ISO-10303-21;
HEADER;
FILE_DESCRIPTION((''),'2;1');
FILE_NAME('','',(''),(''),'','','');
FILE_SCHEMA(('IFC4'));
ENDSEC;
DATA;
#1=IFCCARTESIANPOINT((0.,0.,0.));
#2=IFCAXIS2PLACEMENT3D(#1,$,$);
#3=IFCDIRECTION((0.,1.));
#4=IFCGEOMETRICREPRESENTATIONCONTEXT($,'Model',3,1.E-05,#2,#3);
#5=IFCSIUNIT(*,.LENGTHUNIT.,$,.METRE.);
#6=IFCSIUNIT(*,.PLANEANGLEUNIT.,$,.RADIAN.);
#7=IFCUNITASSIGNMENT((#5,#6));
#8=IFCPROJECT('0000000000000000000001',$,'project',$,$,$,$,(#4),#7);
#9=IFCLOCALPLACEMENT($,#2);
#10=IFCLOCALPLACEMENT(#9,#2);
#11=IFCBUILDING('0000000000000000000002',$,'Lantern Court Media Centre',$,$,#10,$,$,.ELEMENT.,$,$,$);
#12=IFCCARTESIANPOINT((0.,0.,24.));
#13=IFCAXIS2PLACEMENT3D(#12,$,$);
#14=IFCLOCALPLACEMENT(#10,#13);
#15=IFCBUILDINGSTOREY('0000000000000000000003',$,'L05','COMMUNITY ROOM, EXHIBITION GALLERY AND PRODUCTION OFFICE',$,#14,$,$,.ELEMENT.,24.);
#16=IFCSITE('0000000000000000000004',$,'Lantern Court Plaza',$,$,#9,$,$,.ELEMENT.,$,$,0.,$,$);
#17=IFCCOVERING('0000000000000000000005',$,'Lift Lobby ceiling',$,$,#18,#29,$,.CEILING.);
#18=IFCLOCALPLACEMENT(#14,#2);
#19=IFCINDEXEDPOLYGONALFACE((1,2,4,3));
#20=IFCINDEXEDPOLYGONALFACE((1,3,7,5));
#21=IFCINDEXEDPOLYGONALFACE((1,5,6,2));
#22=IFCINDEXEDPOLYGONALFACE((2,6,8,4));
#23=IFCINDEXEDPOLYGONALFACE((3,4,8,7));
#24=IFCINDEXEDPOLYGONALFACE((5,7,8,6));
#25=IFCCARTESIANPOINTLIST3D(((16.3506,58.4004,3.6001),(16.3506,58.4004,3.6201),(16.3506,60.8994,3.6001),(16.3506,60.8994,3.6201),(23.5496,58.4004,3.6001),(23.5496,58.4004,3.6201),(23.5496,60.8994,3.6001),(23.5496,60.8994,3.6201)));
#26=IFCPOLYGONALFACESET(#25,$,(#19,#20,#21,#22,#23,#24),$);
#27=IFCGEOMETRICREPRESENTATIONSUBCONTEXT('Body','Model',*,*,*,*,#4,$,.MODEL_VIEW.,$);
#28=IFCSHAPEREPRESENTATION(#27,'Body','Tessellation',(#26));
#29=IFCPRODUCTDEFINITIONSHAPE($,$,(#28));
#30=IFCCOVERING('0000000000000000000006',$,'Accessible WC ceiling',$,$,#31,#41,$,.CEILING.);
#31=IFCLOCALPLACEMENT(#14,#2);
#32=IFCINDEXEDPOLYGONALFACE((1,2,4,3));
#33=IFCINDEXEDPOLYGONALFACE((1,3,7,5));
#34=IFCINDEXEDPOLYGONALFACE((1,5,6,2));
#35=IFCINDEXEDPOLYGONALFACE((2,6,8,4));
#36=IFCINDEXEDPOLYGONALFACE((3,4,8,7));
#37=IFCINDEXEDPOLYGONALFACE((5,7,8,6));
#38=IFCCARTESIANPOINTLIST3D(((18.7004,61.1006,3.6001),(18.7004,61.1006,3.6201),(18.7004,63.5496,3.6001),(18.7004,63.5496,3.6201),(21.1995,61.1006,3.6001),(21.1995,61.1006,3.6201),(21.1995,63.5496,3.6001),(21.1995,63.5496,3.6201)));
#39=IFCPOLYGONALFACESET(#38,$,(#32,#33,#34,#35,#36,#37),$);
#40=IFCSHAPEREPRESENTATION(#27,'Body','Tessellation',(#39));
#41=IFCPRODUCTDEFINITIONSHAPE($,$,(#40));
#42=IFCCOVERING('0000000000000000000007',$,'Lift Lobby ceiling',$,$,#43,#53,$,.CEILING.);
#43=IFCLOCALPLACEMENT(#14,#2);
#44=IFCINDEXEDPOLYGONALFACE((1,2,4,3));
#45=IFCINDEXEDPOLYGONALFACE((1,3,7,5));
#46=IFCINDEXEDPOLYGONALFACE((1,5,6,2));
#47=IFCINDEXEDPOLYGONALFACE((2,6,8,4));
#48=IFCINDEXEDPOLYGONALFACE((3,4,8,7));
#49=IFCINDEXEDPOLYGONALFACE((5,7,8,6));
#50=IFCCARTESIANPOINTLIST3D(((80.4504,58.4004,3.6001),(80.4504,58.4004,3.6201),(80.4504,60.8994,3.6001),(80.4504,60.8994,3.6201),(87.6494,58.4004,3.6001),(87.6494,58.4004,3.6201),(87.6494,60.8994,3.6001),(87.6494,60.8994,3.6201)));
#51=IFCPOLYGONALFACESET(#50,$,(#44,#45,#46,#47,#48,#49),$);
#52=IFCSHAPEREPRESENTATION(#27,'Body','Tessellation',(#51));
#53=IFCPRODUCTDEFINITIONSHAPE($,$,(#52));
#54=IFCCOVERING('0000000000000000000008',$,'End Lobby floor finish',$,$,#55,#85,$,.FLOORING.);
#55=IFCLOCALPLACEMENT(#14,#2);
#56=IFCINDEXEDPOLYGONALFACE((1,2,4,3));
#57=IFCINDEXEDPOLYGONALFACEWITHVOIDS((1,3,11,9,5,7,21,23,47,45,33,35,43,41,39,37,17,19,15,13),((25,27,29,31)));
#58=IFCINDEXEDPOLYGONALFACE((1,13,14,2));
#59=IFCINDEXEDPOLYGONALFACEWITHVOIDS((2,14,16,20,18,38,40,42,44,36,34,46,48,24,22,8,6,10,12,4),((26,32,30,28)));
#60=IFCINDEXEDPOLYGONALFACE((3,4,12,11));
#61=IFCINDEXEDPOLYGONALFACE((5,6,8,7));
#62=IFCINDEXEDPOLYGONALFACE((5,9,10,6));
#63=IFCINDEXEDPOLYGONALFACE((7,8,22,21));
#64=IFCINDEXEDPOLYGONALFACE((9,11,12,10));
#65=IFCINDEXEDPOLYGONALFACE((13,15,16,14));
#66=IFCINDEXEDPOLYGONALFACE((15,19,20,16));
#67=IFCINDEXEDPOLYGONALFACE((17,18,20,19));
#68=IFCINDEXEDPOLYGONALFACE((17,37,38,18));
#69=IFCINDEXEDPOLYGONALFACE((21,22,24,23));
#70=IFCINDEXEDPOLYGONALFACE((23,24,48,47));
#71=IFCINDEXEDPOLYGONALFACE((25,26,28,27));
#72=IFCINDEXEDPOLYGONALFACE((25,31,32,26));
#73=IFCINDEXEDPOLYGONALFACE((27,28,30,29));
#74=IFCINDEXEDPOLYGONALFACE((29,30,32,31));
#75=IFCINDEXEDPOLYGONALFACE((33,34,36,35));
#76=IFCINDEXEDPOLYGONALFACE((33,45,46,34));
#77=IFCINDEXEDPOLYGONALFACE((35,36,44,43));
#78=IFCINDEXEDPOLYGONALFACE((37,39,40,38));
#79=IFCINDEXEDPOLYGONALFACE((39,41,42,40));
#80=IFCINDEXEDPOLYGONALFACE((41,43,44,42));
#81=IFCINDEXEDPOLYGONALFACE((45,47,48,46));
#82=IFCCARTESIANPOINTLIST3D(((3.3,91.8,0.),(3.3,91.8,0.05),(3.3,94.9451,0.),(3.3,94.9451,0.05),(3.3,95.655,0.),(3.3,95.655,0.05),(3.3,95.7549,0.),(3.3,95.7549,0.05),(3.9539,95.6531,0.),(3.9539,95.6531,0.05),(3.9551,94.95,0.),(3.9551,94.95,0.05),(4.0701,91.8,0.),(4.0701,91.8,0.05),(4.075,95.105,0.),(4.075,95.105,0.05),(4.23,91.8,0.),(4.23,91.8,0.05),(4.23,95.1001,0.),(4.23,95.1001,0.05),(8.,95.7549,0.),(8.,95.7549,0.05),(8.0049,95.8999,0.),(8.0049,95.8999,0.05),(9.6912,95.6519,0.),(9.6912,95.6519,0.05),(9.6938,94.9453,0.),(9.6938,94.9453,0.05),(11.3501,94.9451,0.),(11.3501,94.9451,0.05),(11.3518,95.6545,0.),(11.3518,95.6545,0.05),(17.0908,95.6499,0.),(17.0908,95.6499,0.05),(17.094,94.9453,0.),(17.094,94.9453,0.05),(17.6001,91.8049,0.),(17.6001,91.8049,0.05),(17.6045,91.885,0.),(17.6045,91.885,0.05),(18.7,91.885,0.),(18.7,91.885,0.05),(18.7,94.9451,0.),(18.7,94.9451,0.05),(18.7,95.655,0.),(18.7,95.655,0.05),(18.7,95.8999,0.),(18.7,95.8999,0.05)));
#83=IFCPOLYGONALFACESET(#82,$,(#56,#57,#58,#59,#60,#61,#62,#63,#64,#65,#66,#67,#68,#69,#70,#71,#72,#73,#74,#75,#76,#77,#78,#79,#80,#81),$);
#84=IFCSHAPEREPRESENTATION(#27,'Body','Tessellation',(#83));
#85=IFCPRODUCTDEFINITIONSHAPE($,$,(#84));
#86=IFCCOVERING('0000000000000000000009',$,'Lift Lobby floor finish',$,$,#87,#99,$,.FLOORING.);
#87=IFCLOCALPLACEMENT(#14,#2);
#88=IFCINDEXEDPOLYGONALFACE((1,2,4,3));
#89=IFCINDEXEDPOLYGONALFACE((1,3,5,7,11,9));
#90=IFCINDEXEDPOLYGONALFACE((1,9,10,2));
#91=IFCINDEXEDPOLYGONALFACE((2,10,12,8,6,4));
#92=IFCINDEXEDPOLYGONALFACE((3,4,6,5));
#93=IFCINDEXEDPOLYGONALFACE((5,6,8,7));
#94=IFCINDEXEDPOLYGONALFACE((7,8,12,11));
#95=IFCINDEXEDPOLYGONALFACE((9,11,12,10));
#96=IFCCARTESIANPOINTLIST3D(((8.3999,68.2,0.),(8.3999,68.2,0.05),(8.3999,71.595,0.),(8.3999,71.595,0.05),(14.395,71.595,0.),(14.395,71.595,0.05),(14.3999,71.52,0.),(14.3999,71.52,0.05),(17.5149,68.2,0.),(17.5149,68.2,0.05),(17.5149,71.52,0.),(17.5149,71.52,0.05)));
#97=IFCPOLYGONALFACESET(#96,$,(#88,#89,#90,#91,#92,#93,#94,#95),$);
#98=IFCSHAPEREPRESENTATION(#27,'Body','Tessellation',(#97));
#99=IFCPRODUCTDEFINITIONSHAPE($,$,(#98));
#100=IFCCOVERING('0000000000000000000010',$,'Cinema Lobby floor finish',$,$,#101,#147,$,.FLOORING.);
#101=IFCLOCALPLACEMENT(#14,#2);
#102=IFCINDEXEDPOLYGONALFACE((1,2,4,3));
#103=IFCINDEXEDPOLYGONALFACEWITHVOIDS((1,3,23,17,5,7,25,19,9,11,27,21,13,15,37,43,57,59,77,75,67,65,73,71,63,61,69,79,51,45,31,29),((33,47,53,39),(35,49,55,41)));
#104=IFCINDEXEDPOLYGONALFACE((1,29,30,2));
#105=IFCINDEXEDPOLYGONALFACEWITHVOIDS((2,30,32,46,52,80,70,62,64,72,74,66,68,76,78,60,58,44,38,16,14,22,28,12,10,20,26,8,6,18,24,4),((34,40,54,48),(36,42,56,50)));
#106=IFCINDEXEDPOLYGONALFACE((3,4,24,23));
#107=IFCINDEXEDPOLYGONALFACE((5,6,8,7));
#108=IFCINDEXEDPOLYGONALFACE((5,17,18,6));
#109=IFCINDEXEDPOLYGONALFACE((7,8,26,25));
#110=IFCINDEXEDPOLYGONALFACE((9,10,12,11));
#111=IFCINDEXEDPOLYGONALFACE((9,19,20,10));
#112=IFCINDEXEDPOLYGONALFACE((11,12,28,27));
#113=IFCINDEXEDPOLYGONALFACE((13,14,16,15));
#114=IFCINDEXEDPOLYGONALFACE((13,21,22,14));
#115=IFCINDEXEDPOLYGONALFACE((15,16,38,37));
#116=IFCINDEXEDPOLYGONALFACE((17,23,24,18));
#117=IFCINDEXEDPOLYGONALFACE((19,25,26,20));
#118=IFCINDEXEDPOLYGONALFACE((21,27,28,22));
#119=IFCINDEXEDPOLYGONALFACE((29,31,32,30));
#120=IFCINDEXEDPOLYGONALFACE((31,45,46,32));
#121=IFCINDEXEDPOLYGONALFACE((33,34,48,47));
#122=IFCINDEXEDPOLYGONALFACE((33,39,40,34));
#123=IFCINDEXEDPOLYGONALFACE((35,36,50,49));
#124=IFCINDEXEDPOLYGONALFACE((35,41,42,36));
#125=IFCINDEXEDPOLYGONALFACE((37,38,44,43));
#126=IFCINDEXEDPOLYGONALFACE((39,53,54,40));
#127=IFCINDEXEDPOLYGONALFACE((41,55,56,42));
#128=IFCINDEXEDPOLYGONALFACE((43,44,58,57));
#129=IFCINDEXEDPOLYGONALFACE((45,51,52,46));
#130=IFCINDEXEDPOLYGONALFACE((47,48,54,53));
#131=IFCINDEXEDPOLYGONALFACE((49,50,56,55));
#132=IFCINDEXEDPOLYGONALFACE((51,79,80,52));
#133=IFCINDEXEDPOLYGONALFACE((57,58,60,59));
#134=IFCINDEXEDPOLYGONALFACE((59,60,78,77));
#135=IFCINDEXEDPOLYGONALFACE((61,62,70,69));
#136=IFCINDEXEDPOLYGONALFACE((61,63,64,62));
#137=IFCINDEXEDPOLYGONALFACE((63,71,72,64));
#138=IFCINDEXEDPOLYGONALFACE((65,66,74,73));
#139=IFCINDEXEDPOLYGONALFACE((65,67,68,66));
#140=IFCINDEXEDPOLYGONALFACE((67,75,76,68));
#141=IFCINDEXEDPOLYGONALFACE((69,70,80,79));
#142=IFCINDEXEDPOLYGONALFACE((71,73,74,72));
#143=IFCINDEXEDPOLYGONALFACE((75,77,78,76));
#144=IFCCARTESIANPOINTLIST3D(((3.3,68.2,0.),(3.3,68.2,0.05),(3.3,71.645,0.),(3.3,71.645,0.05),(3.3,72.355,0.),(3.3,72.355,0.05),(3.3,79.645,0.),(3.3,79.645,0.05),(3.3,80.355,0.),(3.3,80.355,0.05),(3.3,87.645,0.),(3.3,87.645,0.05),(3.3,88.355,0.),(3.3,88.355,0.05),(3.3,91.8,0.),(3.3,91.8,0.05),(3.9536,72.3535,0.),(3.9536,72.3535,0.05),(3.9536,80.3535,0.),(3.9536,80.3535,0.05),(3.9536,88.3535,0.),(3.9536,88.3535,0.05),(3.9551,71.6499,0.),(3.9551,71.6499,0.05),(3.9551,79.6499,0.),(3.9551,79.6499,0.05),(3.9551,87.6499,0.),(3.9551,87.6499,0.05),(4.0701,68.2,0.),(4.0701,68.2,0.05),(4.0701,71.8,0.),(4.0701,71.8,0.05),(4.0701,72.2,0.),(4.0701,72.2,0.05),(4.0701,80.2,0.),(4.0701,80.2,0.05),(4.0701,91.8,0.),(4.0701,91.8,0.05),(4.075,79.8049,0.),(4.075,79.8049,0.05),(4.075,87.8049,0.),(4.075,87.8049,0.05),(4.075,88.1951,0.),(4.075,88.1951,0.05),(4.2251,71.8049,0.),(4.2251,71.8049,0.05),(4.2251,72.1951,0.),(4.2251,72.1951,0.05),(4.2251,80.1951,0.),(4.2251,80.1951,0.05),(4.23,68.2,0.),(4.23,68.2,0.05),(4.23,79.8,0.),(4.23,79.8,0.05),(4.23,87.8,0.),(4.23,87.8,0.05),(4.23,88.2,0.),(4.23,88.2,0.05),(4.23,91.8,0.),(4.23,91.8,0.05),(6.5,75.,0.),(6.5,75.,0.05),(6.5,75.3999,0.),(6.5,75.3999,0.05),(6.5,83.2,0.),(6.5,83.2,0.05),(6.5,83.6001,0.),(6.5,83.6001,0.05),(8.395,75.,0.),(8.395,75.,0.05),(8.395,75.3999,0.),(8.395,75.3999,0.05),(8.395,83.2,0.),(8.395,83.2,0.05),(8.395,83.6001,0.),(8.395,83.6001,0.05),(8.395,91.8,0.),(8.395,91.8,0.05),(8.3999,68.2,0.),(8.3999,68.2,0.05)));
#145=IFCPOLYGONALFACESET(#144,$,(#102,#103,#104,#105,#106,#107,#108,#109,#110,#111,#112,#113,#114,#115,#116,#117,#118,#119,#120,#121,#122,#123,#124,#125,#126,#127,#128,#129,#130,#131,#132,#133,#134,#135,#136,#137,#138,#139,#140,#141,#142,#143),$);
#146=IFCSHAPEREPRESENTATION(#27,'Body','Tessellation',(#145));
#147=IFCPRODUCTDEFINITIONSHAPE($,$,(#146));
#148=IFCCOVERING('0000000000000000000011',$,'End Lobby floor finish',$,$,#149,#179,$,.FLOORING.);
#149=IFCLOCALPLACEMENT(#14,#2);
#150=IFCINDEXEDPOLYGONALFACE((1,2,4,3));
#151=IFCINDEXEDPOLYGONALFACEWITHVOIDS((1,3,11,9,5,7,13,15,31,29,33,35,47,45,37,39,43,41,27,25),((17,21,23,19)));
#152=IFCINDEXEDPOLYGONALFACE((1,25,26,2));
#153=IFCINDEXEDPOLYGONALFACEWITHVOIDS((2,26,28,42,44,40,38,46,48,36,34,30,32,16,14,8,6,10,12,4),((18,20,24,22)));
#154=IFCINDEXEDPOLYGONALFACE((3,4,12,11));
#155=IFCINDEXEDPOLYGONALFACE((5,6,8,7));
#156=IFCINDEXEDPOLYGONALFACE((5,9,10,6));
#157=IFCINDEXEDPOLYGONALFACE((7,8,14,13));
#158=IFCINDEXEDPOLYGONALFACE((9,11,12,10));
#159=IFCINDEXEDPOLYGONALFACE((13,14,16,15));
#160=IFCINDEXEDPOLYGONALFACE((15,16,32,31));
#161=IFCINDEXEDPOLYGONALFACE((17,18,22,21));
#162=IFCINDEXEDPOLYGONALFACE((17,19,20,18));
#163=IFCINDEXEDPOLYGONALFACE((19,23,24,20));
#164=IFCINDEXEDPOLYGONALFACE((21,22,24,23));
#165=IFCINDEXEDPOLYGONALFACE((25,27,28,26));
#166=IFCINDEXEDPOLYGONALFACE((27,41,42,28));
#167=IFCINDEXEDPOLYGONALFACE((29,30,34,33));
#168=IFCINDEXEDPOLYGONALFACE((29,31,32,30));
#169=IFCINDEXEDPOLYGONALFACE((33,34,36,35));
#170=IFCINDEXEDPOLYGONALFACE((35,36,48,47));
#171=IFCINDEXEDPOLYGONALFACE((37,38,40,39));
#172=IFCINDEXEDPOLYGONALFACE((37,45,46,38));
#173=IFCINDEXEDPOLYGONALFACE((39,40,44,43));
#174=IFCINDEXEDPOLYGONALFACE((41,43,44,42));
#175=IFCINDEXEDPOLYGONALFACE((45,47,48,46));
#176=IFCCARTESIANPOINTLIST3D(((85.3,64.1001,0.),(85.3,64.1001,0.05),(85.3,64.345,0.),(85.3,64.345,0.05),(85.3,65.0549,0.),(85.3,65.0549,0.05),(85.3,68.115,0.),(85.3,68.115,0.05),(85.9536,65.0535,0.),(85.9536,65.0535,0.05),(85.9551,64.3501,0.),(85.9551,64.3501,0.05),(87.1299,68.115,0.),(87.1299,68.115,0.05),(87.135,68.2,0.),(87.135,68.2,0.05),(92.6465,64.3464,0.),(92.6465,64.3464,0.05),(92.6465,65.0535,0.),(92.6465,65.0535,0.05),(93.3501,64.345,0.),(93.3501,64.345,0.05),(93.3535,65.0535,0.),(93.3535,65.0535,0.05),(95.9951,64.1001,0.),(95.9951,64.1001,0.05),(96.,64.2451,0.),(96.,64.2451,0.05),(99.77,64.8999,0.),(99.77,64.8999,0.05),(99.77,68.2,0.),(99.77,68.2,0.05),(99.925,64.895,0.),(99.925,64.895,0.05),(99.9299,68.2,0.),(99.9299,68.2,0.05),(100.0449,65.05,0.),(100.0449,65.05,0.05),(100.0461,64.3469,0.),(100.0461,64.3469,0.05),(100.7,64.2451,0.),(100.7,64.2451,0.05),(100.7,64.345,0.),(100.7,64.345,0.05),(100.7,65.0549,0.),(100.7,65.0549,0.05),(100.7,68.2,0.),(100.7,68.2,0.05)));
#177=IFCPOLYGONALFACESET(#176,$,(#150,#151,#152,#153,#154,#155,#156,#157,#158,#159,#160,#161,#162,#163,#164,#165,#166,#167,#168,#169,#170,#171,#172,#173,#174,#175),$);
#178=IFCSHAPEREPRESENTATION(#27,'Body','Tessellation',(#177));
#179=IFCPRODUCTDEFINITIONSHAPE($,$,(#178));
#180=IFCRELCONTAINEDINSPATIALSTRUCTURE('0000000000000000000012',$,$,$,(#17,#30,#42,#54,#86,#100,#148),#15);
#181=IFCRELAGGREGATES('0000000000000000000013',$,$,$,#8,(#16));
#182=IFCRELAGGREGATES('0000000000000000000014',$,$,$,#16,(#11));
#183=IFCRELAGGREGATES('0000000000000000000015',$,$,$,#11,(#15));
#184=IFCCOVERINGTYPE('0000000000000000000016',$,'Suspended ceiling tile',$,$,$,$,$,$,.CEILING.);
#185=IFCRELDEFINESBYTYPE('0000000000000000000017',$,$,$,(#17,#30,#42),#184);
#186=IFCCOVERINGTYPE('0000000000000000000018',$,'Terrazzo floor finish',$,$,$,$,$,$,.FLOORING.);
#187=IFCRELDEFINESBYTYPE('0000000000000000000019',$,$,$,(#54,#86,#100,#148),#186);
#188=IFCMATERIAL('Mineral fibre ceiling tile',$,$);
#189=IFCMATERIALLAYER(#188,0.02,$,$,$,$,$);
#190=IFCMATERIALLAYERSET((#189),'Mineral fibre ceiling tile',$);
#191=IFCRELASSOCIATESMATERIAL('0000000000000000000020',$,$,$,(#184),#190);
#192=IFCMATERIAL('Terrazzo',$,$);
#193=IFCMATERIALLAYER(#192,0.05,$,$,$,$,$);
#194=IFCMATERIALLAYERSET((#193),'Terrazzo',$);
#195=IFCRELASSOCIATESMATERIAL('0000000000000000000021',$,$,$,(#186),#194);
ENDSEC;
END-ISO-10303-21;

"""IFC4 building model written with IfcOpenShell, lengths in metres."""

from ifc_helpers import new_model, si_unit, direction, frame, origin, place, context, subcontext, project, spatial, polyline, outline, extrude, material, layer, layer_set, type_object, element, save


model = new_model("IFC4")

# Units and contexts
model_context = context("Model", 3, precision=1e-05, world=origin(), true_north=direction((0.0, 1.0)))
body_context = subcontext(model_context, "Body", "Model", "MODEL_VIEW")
ifc_project = project(units=[si_unit("LENGTHUNIT", "METRE"), si_unit("PLANEANGLEUNIT", "RADIAN")], contexts=[model_context])

# Site, building, storey
site_placement = place(None, origin())
site = spatial("IfcSite", under=ifc_project, at=site_placement, Name="Lantern Court Plaza", CompositionType="ELEMENT", RefElevation=0.0)
building_placement = place(site_placement, origin())
building = spatial("IfcBuilding", under=site, at=building_placement, Name="Lantern Court Media Centre", CompositionType="ELEMENT")
storey_placement = place(building_placement, frame((0.0, 0.0, 24.0)))
storey = spatial("IfcBuildingStorey", under=building, at=storey_placement, Name="L05", Description="COMMUNITY ROOM, EXHIBITION GALLERY AND PRODUCTION OFFICE", CompositionType="ELEMENT", Elevation=24.0)

# Coverings
ifc_material_1 = material(Name="Mineral fibre ceiling tile")
ifc_layer_1 = layer(ifc_material_1, 0.02)
ifc_layer_set_1 = layer_set([ifc_layer_1], Name="Mineral fibre ceiling tile")
covering_type_1 = type_object("IfcCoveringType", Name="Suspended ceiling tile", PredefinedType="CEILING", material=ifc_layer_set_1)
covering_1_placement = place(storey_placement, frame((0.0, 0.0, 3.6001)))
element("IfcCovering", 1, at=covering_1_placement, inside=storey, type_object=covering_type_1, Name="Lift Lobby ceiling", PredefinedType="CEILING", context=body_context, shape_type="SweptSolid", body=[
    extrude(outline(polyline([(16.3506, 60.8994), (23.5496, 60.8994), (23.5496, 58.4004), (16.3506, 58.4004), (16.3506, 60.8994)])), origin(), (0.0, 0.0, 1.0), 0.02),
])
covering_2_placement = place(storey_placement, frame((0.0, 0.0, 3.6001)))
element("IfcCovering", 2, at=covering_2_placement, inside=storey, type_object=covering_type_1, Name="Accessible WC ceiling", PredefinedType="CEILING", context=body_context, shape_type="SweptSolid", body=[
    extrude(outline(polyline([(21.1995, 63.5496), (21.1995, 61.1006), (18.7004, 61.1006), (18.7004, 63.5496), (21.1995, 63.5496)])), origin(), (0.0, 0.0, 1.0), 0.02),
])
covering_3_placement = place(storey_placement, frame((0.0, 0.0, 3.6001)))
element("IfcCovering", 3, at=covering_3_placement, inside=storey, type_object=covering_type_1, Name="Lift Lobby ceiling", PredefinedType="CEILING", context=body_context, shape_type="SweptSolid", body=[
    extrude(outline(polyline([(87.6494, 58.4004), (80.4504, 58.4004), (80.4504, 60.8994), (87.6494, 60.8994), (87.6494, 58.4004)])), origin(), (0.0, 0.0, 1.0), 0.02),
])
ifc_material_2 = material(Name="Terrazzo")
ifc_layer_2 = layer(ifc_material_2, 0.05)
ifc_layer_set_2 = layer_set([ifc_layer_2], Name="Terrazzo")
covering_type_2 = type_object("IfcCoveringType", Name="Terrazzo floor finish", PredefinedType="FLOORING", material=ifc_layer_set_2)
covering_4_placement = place(storey_placement, origin())
element("IfcCovering", 4, at=covering_4_placement, inside=storey, type_object=covering_type_2, Name="End Lobby floor finish", PredefinedType="FLOORING", context=body_context, shape_type="SweptSolid", body=[
    extrude(outline(polyline([(18.7, 91.885), (17.6045, 91.885), (17.6001, 91.8049), (4.23, 91.8), (4.23, 95.1001), (4.075, 95.105), (4.0701, 91.8), (3.3, 91.8), (3.3, 94.9451), (3.9551, 94.95), (3.9539, 95.6531), (3.3, 95.655), (3.3, 95.7549), (8.0, 95.7549), (8.0049, 95.8999), (18.7, 95.8999), (18.7, 95.655), (17.0908, 95.6499), (17.094, 94.9453), (18.7, 94.9451), (18.7, 91.885)]), holes=[polyline([(11.3501, 94.9451), (11.3518, 95.6545), (9.6912, 95.6519), (9.6938, 94.9453), (11.3501, 94.9451)])]), origin(), (0.0, 0.0, 1.0), 0.05),
])
covering_5_placement = place(storey_placement, origin())
element("IfcCovering", 5, at=covering_5_placement, inside=storey, type_object=covering_type_2, Name="Lift Lobby floor finish", PredefinedType="FLOORING", context=body_context, shape_type="SweptSolid", body=[
    extrude(outline(polyline([(8.3999, 68.2), (8.3999, 71.595), (14.395, 71.595), (14.3999, 71.52), (17.5149, 71.52), (17.5149, 68.2), (8.3999, 68.2)])), origin(), (0.0, 0.0, 1.0), 0.05),
])
covering_6_placement = place(storey_placement, origin())
element("IfcCovering", 6, at=covering_6_placement, inside=storey, type_object=covering_type_2, Name="Cinema Lobby floor finish", PredefinedType="FLOORING", context=body_context, shape_type="SweptSolid", body=[
    extrude(outline(polyline([(8.3999, 68.2), (4.23, 68.2), (4.2251, 71.8049), (4.0701, 71.8), (4.0701, 68.2), (3.3, 68.2), (3.3, 71.645), (3.9551, 71.6499), (3.9536, 72.3535), (3.3, 72.355), (3.3, 79.645), (3.9551, 79.6499), (3.9536, 80.3535), (3.3, 80.355), (3.3, 87.645), (3.9551, 87.6499), (3.9536, 88.3535), (3.3, 88.355), (3.3, 91.8), (4.0701, 91.8), (4.075, 88.1951), (4.23, 88.2), (4.23, 91.8), (8.395, 91.8), (8.395, 83.6001), (6.5, 83.6001), (6.5, 83.2), (8.395, 83.2), (8.395, 75.3999), (6.5, 75.3999), (6.5, 75.0), (8.395, 75.0), (8.3999, 68.2)]), holes=[polyline([(4.2251, 80.1951), (4.23, 87.8), (4.075, 87.8049), (4.0701, 80.2), (4.2251, 80.1951)]), polyline([(4.2251, 72.1951), (4.23, 79.8), (4.075, 79.8049), (4.0701, 72.2), (4.2251, 72.1951)])]), origin(), (0.0, 0.0, 1.0), 0.05),
])
covering_7_placement = place(storey_placement, origin())
element("IfcCovering", 7, at=covering_7_placement, inside=storey, type_object=covering_type_2, Name="End Lobby floor finish", PredefinedType="FLOORING", context=body_context, shape_type="SweptSolid", body=[
    extrude(outline(polyline([(100.7, 64.2451), (96.0, 64.2451), (95.9951, 64.1001), (85.3, 64.1001), (85.3, 64.345), (85.9551, 64.3501), (85.9536, 65.0535), (85.3, 65.0549), (85.3, 68.115), (87.1299, 68.115), (87.135, 68.2), (99.77, 68.2), (99.77, 64.8999), (99.925, 64.895), (99.9299, 68.2), (100.7, 68.2), (100.7, 65.0549), (100.0449, 65.05), (100.0461, 64.3469), (100.7, 64.345), (100.7, 64.2451)]), holes=[polyline([(93.3501, 64.345), (93.3535, 65.0535), (92.6465, 65.0535), (92.6465, 64.3464), (93.3501, 64.345)])]), origin(), (0.0, 0.0, 1.0), 0.05),
])

save(model, "model.ifc")
